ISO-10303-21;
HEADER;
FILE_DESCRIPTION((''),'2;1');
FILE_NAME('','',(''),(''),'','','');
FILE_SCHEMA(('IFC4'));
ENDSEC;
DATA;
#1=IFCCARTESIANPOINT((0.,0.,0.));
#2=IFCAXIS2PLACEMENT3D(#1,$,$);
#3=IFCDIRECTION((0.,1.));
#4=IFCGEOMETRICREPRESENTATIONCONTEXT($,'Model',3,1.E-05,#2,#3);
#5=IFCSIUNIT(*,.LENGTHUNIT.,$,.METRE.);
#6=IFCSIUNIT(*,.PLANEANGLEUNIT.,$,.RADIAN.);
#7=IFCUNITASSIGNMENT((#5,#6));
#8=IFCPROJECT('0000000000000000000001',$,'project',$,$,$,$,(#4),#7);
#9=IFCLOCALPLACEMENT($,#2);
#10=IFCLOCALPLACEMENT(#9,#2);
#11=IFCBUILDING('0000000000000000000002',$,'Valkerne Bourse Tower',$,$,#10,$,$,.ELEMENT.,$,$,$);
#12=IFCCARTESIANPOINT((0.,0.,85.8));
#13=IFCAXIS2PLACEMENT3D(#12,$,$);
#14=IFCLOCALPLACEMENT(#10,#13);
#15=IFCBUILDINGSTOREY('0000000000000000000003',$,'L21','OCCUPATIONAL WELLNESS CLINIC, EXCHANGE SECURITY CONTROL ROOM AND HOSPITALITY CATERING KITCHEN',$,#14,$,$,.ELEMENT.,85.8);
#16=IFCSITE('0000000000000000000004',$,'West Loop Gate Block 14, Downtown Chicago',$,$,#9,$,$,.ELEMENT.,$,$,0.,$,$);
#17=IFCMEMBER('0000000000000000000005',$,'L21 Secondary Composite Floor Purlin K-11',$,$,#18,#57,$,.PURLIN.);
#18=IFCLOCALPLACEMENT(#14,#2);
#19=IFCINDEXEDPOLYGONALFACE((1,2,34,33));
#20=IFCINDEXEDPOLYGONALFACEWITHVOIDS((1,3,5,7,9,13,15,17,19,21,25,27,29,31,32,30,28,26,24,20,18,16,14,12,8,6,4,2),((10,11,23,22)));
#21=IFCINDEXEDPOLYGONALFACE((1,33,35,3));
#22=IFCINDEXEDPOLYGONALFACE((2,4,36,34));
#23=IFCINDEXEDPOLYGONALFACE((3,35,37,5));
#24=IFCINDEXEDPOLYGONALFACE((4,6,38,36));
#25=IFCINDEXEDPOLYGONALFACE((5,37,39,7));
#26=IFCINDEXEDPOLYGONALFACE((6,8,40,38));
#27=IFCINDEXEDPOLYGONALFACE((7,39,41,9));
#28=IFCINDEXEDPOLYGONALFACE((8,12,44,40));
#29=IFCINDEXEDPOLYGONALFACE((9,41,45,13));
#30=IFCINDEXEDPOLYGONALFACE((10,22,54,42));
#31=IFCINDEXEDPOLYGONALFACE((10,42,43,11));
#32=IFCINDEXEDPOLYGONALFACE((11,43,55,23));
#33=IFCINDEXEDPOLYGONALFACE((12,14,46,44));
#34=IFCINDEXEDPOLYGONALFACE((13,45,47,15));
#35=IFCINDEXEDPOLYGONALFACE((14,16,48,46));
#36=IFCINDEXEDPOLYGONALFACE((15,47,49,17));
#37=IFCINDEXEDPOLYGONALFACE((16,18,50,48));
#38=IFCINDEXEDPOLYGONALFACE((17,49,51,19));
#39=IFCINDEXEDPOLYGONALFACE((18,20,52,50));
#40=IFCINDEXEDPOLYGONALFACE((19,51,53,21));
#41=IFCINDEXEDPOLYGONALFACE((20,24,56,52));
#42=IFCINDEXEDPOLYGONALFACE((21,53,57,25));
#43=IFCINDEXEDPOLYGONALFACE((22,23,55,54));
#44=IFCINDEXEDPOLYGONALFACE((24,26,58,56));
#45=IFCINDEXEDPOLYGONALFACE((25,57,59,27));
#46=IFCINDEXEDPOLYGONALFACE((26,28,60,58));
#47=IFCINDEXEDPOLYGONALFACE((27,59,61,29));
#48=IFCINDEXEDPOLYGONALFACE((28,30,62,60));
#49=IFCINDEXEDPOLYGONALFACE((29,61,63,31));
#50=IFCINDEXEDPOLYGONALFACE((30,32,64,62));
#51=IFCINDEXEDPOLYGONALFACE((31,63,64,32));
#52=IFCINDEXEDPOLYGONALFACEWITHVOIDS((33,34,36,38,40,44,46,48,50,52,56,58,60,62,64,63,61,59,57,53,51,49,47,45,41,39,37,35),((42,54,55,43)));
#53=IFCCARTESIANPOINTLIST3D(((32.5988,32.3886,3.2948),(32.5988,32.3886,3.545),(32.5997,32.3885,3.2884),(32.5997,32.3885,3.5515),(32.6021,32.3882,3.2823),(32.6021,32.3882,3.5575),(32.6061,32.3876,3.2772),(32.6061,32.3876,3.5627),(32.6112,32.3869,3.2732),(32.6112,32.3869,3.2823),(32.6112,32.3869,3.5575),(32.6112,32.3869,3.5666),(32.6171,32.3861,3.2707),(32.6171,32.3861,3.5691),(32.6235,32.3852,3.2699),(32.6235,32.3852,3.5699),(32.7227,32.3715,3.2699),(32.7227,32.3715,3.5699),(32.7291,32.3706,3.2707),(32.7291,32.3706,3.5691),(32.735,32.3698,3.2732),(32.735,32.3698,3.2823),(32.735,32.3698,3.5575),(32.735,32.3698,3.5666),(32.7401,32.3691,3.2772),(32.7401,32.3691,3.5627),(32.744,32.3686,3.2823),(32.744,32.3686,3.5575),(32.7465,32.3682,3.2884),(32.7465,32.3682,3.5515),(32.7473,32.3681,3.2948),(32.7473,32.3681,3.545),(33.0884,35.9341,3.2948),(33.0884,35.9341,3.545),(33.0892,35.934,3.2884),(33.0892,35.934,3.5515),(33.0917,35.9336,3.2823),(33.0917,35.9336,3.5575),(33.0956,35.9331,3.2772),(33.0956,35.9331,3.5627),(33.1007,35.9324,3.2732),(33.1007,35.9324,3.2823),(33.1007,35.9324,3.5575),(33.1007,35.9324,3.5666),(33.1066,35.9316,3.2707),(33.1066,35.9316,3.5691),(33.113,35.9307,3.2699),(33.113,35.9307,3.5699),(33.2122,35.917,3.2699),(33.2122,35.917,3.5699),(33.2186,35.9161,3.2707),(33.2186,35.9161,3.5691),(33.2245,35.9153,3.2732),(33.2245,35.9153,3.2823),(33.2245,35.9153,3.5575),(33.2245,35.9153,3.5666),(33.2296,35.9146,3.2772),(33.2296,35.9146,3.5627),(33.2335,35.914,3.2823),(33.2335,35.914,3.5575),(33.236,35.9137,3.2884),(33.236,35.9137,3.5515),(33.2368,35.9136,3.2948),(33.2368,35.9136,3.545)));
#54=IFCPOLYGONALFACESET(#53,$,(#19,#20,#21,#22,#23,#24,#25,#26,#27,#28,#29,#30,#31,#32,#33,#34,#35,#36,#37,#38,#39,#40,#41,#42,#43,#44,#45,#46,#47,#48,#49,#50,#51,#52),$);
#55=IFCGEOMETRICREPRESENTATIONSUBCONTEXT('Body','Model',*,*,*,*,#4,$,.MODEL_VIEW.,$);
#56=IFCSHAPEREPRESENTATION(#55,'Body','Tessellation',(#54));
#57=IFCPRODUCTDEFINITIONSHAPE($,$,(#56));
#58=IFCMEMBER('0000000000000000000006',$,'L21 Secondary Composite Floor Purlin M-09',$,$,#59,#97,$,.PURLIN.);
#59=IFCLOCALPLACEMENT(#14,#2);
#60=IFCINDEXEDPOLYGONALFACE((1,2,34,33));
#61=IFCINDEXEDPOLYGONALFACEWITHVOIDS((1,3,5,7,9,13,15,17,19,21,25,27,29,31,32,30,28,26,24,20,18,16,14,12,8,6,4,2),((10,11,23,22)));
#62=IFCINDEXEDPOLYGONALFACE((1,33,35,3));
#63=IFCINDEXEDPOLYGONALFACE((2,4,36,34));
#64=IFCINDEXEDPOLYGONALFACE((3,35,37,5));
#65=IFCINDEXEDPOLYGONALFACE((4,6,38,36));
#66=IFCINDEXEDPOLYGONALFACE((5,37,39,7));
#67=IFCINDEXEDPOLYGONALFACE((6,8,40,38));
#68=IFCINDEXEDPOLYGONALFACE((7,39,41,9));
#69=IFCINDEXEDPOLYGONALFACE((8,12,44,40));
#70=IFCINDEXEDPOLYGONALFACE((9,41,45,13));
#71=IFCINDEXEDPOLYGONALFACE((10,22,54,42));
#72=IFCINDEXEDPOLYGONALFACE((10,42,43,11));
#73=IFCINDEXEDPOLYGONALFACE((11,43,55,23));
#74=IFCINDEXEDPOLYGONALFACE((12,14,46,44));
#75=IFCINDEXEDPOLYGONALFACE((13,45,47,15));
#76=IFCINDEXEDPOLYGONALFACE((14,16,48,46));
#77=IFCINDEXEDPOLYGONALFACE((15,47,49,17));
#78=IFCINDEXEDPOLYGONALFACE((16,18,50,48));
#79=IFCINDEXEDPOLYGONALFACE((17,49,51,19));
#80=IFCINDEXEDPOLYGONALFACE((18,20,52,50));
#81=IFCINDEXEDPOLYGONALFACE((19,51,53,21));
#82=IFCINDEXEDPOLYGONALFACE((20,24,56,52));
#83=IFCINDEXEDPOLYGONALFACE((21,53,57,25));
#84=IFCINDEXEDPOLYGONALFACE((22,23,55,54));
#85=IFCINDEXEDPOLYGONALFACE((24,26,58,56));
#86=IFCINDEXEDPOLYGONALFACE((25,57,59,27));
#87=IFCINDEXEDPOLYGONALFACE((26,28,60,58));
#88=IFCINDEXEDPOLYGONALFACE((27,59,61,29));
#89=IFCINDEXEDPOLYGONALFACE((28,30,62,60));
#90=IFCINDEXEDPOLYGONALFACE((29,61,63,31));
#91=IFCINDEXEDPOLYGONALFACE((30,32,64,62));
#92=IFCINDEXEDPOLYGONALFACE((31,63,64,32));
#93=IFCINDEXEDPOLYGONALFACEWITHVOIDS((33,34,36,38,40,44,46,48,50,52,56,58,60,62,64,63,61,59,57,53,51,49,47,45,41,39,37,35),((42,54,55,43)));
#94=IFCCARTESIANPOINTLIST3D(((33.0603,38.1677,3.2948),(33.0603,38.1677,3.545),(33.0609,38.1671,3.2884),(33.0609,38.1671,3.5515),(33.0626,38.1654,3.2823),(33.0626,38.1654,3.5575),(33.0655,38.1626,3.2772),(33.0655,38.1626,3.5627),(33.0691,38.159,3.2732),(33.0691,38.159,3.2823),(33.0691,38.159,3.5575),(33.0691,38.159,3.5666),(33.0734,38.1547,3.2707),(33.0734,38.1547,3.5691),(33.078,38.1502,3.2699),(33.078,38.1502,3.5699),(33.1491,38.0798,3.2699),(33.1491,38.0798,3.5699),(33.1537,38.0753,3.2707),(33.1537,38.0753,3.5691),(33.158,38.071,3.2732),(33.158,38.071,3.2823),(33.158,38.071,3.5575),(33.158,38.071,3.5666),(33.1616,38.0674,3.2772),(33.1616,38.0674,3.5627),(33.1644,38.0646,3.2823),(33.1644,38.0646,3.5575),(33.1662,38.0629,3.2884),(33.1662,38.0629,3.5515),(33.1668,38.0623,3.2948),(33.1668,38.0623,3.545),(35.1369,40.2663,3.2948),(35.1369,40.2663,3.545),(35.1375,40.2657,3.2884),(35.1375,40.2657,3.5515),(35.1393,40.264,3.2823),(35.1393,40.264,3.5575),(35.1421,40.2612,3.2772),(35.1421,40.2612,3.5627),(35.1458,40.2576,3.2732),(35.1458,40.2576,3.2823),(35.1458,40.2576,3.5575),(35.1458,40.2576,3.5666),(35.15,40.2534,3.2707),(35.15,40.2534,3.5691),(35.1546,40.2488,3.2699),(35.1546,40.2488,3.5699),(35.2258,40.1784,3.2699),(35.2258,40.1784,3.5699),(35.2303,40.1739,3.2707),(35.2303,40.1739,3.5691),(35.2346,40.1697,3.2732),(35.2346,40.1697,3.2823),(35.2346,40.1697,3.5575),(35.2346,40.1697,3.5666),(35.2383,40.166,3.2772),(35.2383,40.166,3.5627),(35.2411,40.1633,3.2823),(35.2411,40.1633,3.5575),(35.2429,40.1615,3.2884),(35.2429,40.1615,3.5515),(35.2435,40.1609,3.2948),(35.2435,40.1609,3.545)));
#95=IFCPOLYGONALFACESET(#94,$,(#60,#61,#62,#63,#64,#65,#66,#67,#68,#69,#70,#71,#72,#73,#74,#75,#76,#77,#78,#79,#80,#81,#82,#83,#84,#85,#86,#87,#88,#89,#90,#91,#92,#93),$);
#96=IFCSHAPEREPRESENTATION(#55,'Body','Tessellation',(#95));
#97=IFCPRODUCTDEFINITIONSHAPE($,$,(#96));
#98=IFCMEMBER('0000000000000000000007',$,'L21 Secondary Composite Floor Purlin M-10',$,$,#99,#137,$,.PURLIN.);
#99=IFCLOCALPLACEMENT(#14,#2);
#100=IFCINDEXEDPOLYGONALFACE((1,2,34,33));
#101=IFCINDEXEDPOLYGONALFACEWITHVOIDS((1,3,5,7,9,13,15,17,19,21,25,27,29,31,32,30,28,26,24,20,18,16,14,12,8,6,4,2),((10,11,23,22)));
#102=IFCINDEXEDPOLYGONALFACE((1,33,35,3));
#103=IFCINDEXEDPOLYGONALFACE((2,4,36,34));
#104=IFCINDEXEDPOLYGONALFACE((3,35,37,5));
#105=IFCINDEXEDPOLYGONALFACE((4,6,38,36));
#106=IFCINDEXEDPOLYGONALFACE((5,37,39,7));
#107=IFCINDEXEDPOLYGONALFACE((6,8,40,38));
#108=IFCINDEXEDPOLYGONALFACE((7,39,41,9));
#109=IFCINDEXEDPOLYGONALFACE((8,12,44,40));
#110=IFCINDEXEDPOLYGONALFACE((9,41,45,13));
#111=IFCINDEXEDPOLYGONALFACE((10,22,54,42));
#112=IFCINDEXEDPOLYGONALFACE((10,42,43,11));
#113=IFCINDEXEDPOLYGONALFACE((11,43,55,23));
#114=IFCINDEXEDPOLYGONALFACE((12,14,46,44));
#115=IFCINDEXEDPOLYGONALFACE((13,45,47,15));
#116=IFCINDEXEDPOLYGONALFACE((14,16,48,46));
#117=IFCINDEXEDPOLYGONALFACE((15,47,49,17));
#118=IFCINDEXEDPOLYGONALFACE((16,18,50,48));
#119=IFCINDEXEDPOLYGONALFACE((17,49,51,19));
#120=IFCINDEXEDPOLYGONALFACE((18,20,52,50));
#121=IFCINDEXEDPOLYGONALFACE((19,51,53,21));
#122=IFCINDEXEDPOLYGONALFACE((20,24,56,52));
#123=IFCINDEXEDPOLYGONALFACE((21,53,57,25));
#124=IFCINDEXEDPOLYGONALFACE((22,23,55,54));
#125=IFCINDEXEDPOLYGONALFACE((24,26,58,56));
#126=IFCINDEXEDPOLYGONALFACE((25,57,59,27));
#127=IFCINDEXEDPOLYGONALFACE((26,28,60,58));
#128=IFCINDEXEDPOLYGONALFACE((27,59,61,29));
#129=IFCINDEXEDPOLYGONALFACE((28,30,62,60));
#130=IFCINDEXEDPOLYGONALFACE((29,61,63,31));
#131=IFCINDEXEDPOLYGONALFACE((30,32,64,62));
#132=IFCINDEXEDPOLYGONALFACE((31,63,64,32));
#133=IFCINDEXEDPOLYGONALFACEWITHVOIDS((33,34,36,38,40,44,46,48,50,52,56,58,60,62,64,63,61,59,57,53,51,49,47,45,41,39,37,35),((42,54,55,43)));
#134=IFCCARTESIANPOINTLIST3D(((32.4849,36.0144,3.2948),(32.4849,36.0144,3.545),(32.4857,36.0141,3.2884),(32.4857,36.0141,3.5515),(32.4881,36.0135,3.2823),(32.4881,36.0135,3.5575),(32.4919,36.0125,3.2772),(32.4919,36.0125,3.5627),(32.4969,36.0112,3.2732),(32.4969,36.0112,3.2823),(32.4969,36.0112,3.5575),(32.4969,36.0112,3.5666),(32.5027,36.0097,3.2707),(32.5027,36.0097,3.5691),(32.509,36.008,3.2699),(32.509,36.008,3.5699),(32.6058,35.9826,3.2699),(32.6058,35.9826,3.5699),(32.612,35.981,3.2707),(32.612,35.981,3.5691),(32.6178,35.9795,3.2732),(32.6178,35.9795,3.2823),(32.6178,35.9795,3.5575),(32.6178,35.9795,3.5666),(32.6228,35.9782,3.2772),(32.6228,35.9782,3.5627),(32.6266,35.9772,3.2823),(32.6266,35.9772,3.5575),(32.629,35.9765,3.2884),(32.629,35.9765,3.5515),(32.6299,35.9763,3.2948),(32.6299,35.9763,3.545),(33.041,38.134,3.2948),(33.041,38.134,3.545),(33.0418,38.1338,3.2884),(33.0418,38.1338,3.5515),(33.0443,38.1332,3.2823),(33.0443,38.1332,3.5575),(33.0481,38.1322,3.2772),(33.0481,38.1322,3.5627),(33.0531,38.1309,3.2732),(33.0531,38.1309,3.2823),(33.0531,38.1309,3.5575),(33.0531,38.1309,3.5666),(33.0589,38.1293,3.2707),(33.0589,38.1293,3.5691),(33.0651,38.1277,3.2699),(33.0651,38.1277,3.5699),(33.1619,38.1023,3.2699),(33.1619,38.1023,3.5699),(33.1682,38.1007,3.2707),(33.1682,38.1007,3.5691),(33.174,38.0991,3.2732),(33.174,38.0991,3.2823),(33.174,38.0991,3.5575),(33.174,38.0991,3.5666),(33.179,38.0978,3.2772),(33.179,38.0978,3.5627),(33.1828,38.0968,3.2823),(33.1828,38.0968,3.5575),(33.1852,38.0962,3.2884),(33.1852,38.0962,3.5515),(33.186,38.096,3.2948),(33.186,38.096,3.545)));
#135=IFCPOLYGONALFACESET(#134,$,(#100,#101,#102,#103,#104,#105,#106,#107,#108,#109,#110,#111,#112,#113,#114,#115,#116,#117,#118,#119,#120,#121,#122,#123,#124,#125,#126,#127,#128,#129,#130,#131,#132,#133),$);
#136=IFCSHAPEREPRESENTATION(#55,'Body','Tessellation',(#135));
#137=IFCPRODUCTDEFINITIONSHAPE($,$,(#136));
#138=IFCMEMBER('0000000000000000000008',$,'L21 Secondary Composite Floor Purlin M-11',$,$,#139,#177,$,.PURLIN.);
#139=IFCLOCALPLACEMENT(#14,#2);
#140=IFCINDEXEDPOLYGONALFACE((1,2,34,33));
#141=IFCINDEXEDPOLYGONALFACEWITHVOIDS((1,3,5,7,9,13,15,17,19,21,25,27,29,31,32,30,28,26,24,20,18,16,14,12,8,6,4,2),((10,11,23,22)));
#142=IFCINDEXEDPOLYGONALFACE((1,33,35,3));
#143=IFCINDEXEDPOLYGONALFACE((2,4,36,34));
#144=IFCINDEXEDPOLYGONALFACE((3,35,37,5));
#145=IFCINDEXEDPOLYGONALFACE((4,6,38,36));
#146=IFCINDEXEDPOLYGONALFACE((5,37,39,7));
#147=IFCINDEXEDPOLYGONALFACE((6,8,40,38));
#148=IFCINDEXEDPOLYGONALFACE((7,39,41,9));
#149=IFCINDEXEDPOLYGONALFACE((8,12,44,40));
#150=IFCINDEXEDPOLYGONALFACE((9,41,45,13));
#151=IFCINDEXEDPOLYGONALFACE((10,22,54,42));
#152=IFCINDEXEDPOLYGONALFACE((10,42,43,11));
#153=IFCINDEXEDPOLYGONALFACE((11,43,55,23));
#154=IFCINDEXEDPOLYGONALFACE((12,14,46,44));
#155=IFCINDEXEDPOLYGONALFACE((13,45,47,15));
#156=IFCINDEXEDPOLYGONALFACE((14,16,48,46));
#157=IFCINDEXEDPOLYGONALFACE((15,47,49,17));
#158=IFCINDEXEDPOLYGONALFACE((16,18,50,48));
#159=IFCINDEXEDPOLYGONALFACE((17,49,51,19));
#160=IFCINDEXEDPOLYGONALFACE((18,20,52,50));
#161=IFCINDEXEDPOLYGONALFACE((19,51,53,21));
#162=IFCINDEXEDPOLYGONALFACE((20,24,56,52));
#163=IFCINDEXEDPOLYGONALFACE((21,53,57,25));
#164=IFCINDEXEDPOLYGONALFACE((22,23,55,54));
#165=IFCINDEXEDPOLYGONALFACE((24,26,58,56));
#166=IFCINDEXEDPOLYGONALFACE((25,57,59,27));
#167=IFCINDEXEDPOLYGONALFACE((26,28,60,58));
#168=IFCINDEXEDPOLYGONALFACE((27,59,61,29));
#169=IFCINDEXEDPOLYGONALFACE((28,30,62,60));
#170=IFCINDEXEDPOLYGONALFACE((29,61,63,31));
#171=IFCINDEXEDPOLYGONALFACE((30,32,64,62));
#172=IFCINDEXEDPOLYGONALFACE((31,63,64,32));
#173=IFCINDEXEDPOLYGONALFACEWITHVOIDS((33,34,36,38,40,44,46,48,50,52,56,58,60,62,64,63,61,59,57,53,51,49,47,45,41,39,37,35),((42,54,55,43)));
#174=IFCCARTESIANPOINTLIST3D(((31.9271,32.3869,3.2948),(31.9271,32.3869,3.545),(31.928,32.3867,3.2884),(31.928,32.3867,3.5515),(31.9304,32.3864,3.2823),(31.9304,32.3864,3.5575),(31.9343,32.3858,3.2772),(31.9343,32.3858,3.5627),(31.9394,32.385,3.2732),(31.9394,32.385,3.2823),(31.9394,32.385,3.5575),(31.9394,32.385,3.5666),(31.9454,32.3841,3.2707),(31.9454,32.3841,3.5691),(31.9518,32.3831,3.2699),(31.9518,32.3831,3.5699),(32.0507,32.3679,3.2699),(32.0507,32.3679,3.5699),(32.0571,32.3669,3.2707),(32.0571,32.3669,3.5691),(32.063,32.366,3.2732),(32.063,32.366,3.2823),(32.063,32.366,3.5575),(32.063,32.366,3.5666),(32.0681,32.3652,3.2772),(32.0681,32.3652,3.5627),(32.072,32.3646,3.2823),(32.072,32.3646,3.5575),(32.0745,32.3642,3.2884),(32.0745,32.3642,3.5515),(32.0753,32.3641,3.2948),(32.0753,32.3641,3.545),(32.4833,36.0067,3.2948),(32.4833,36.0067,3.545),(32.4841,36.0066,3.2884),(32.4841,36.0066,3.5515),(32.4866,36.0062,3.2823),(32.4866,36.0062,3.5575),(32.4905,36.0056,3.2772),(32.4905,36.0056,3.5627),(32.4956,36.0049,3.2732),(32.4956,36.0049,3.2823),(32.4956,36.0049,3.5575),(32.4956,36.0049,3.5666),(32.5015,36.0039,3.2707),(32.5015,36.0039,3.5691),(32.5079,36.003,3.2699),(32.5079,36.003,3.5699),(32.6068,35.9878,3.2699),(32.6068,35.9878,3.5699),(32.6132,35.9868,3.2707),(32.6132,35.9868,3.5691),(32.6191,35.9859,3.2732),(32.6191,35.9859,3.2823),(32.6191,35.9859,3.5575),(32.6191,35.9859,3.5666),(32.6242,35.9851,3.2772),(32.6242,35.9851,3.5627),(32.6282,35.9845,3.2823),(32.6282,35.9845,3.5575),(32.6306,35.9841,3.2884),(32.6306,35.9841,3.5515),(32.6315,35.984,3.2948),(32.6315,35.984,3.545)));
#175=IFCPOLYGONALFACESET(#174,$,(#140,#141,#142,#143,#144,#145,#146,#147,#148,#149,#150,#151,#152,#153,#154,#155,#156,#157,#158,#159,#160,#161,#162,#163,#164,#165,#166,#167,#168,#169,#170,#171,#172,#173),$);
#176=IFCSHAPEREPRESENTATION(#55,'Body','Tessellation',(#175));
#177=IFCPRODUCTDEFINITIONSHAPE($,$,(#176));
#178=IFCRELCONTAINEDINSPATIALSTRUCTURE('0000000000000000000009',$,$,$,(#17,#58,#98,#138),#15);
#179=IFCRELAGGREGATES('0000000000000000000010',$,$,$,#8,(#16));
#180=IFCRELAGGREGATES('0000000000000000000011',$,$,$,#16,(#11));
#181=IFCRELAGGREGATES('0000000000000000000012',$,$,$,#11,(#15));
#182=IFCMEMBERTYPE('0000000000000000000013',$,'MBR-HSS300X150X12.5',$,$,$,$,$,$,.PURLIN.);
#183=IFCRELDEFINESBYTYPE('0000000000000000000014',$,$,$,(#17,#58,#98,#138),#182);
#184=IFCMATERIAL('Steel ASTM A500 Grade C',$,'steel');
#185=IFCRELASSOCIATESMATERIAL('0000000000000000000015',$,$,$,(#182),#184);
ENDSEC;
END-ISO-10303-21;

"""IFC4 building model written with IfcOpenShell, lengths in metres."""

from ifc_helpers import new_model, si_unit, direction, frame, origin, origin_2d, place, context, subcontext, project, spatial, hollow_rectangle, extrude, material, material_profile, profile_set, type_object, element, save


model = new_model("IFC4")

# Units and contexts
model_context = context("Model", 3, precision=1e-05, world=origin(), true_north=direction((0.0, 1.0)))
body_context = subcontext(model_context, "Body", "Model", "MODEL_VIEW")
ifc_project = project(units=[si_unit("LENGTHUNIT", "METRE"), si_unit("PLANEANGLEUNIT", "RADIAN")], contexts=[model_context])

# Site, building, storey
site_placement = place(None, origin())
site = spatial("IfcSite", under=ifc_project, at=site_placement, Name="West Loop Gate Block 14, Downtown Chicago", CompositionType="ELEMENT", RefElevation=0.0)
building_placement = place(site_placement, origin())
building = spatial("IfcBuilding", under=site, at=building_placement, Name="Valkerne Bourse Tower", CompositionType="ELEMENT")
storey_placement = place(building_placement, frame((0.0, 0.0, 85.8)))
storey = spatial("IfcBuildingStorey", under=building, at=storey_placement, Name="L21", Description="OCCUPATIONAL WELLNESS CLINIC, EXCHANGE SECURITY CONTROL ROOM AND HOSPITALITY CATERING KITCHEN", CompositionType="ELEMENT", Elevation=85.8)

# Members
ifc_material_1 = material(Name="Steel ASTM A500 Grade C", Category="steel")
ifc_material_profile_1 = material_profile(ifc_material_1, hollow_rectangle(XDim=0.1499, YDim=0.3, WallThickness=0.0125, OuterFilletRadius=0.0249, at=origin_2d()), Name="HSS300X150X12.5")
ifc_profile_set_1 = profile_set([ifc_material_profile_1], Name="Steel ASTM A500 Grade C")
member_type_1 = type_object("IfcMemberType", Name="MBR-HSS300X150X12.5", PredefinedType="PURLIN", material=ifc_profile_set_1)
member_1_placement = place(storey_placement, frame((33.1626, 35.9238, 3.4199), z_axis=(-0.136769, -0.990603, 0.0), x_axis=(0.990603, -0.136769, 0.0)))
element("IfcMember", 1, at=member_1_placement, inside=storey, type_object=member_type_1, Name="L21 Secondary Composite Floor Purlin K-11", PredefinedType="PURLIN", context=body_context, shape_type="SweptSolid", body=[
    extrude(hollow_rectangle(XDim=0.1499, YDim=0.3, WallThickness=0.0125, OuterFilletRadius=0.0249, at=origin_2d()), origin(), (0.0, 0.0, 1.0), 3.5791),
])
member_2_placement = place(storey_placement, frame((35.1902, 40.2136, 3.4199), z_axis=(-0.703376, -0.710818, 0.0), x_axis=(0.710818, -0.703376, 0.0)))
element("IfcMember", 2, at=member_2_placement, inside=storey, type_object=member_type_1, Name="L21 Secondary Composite Floor Purlin M-09", PredefinedType="PURLIN", context=body_context, shape_type="SweptSolid", body=[
    extrude(hollow_rectangle(XDim=0.1499, YDim=0.3, WallThickness=0.0125, OuterFilletRadius=0.0249, at=origin_2d()), origin(), (0.0, 0.0, 1.0), 2.9524),
])
member_3_placement = place(storey_placement, frame((33.1135, 38.115, 3.4199), z_axis=(-0.253791, -0.967259, 0.0), x_axis=(0.967259, -0.253791, 0.0)))
element("IfcMember", 3, at=member_3_placement, inside=storey, type_object=member_type_1, Name="L21 Secondary Composite Floor Purlin M-10", PredefinedType="PURLIN", context=body_context, shape_type="SweptSolid", body=[
    extrude(hollow_rectangle(XDim=0.1499, YDim=0.3, WallThickness=0.0125, OuterFilletRadius=0.0249, at=origin_2d()), origin(), (0.0, 0.0, 1.0), 2.1914),
])
member_4_placement = place(storey_placement, frame((32.5574, 35.9954, 3.4199), z_axis=(-0.151857, -0.988403, 0.0), x_axis=(0.988403, -0.151857, 0.0)))
element("IfcMember", 4, at=member_4_placement, inside=storey, type_object=member_type_1, Name="L21 Secondary Composite Floor Purlin M-11", PredefinedType="PURLIN", context=body_context, shape_type="SweptSolid", body=[
    extrude(hollow_rectangle(XDim=0.1499, YDim=0.3, WallThickness=0.0125, OuterFilletRadius=0.0249, at=origin_2d()), origin(), (0.0, 0.0, 1.0), 3.6624),
])

save(model, "model.ifc")
